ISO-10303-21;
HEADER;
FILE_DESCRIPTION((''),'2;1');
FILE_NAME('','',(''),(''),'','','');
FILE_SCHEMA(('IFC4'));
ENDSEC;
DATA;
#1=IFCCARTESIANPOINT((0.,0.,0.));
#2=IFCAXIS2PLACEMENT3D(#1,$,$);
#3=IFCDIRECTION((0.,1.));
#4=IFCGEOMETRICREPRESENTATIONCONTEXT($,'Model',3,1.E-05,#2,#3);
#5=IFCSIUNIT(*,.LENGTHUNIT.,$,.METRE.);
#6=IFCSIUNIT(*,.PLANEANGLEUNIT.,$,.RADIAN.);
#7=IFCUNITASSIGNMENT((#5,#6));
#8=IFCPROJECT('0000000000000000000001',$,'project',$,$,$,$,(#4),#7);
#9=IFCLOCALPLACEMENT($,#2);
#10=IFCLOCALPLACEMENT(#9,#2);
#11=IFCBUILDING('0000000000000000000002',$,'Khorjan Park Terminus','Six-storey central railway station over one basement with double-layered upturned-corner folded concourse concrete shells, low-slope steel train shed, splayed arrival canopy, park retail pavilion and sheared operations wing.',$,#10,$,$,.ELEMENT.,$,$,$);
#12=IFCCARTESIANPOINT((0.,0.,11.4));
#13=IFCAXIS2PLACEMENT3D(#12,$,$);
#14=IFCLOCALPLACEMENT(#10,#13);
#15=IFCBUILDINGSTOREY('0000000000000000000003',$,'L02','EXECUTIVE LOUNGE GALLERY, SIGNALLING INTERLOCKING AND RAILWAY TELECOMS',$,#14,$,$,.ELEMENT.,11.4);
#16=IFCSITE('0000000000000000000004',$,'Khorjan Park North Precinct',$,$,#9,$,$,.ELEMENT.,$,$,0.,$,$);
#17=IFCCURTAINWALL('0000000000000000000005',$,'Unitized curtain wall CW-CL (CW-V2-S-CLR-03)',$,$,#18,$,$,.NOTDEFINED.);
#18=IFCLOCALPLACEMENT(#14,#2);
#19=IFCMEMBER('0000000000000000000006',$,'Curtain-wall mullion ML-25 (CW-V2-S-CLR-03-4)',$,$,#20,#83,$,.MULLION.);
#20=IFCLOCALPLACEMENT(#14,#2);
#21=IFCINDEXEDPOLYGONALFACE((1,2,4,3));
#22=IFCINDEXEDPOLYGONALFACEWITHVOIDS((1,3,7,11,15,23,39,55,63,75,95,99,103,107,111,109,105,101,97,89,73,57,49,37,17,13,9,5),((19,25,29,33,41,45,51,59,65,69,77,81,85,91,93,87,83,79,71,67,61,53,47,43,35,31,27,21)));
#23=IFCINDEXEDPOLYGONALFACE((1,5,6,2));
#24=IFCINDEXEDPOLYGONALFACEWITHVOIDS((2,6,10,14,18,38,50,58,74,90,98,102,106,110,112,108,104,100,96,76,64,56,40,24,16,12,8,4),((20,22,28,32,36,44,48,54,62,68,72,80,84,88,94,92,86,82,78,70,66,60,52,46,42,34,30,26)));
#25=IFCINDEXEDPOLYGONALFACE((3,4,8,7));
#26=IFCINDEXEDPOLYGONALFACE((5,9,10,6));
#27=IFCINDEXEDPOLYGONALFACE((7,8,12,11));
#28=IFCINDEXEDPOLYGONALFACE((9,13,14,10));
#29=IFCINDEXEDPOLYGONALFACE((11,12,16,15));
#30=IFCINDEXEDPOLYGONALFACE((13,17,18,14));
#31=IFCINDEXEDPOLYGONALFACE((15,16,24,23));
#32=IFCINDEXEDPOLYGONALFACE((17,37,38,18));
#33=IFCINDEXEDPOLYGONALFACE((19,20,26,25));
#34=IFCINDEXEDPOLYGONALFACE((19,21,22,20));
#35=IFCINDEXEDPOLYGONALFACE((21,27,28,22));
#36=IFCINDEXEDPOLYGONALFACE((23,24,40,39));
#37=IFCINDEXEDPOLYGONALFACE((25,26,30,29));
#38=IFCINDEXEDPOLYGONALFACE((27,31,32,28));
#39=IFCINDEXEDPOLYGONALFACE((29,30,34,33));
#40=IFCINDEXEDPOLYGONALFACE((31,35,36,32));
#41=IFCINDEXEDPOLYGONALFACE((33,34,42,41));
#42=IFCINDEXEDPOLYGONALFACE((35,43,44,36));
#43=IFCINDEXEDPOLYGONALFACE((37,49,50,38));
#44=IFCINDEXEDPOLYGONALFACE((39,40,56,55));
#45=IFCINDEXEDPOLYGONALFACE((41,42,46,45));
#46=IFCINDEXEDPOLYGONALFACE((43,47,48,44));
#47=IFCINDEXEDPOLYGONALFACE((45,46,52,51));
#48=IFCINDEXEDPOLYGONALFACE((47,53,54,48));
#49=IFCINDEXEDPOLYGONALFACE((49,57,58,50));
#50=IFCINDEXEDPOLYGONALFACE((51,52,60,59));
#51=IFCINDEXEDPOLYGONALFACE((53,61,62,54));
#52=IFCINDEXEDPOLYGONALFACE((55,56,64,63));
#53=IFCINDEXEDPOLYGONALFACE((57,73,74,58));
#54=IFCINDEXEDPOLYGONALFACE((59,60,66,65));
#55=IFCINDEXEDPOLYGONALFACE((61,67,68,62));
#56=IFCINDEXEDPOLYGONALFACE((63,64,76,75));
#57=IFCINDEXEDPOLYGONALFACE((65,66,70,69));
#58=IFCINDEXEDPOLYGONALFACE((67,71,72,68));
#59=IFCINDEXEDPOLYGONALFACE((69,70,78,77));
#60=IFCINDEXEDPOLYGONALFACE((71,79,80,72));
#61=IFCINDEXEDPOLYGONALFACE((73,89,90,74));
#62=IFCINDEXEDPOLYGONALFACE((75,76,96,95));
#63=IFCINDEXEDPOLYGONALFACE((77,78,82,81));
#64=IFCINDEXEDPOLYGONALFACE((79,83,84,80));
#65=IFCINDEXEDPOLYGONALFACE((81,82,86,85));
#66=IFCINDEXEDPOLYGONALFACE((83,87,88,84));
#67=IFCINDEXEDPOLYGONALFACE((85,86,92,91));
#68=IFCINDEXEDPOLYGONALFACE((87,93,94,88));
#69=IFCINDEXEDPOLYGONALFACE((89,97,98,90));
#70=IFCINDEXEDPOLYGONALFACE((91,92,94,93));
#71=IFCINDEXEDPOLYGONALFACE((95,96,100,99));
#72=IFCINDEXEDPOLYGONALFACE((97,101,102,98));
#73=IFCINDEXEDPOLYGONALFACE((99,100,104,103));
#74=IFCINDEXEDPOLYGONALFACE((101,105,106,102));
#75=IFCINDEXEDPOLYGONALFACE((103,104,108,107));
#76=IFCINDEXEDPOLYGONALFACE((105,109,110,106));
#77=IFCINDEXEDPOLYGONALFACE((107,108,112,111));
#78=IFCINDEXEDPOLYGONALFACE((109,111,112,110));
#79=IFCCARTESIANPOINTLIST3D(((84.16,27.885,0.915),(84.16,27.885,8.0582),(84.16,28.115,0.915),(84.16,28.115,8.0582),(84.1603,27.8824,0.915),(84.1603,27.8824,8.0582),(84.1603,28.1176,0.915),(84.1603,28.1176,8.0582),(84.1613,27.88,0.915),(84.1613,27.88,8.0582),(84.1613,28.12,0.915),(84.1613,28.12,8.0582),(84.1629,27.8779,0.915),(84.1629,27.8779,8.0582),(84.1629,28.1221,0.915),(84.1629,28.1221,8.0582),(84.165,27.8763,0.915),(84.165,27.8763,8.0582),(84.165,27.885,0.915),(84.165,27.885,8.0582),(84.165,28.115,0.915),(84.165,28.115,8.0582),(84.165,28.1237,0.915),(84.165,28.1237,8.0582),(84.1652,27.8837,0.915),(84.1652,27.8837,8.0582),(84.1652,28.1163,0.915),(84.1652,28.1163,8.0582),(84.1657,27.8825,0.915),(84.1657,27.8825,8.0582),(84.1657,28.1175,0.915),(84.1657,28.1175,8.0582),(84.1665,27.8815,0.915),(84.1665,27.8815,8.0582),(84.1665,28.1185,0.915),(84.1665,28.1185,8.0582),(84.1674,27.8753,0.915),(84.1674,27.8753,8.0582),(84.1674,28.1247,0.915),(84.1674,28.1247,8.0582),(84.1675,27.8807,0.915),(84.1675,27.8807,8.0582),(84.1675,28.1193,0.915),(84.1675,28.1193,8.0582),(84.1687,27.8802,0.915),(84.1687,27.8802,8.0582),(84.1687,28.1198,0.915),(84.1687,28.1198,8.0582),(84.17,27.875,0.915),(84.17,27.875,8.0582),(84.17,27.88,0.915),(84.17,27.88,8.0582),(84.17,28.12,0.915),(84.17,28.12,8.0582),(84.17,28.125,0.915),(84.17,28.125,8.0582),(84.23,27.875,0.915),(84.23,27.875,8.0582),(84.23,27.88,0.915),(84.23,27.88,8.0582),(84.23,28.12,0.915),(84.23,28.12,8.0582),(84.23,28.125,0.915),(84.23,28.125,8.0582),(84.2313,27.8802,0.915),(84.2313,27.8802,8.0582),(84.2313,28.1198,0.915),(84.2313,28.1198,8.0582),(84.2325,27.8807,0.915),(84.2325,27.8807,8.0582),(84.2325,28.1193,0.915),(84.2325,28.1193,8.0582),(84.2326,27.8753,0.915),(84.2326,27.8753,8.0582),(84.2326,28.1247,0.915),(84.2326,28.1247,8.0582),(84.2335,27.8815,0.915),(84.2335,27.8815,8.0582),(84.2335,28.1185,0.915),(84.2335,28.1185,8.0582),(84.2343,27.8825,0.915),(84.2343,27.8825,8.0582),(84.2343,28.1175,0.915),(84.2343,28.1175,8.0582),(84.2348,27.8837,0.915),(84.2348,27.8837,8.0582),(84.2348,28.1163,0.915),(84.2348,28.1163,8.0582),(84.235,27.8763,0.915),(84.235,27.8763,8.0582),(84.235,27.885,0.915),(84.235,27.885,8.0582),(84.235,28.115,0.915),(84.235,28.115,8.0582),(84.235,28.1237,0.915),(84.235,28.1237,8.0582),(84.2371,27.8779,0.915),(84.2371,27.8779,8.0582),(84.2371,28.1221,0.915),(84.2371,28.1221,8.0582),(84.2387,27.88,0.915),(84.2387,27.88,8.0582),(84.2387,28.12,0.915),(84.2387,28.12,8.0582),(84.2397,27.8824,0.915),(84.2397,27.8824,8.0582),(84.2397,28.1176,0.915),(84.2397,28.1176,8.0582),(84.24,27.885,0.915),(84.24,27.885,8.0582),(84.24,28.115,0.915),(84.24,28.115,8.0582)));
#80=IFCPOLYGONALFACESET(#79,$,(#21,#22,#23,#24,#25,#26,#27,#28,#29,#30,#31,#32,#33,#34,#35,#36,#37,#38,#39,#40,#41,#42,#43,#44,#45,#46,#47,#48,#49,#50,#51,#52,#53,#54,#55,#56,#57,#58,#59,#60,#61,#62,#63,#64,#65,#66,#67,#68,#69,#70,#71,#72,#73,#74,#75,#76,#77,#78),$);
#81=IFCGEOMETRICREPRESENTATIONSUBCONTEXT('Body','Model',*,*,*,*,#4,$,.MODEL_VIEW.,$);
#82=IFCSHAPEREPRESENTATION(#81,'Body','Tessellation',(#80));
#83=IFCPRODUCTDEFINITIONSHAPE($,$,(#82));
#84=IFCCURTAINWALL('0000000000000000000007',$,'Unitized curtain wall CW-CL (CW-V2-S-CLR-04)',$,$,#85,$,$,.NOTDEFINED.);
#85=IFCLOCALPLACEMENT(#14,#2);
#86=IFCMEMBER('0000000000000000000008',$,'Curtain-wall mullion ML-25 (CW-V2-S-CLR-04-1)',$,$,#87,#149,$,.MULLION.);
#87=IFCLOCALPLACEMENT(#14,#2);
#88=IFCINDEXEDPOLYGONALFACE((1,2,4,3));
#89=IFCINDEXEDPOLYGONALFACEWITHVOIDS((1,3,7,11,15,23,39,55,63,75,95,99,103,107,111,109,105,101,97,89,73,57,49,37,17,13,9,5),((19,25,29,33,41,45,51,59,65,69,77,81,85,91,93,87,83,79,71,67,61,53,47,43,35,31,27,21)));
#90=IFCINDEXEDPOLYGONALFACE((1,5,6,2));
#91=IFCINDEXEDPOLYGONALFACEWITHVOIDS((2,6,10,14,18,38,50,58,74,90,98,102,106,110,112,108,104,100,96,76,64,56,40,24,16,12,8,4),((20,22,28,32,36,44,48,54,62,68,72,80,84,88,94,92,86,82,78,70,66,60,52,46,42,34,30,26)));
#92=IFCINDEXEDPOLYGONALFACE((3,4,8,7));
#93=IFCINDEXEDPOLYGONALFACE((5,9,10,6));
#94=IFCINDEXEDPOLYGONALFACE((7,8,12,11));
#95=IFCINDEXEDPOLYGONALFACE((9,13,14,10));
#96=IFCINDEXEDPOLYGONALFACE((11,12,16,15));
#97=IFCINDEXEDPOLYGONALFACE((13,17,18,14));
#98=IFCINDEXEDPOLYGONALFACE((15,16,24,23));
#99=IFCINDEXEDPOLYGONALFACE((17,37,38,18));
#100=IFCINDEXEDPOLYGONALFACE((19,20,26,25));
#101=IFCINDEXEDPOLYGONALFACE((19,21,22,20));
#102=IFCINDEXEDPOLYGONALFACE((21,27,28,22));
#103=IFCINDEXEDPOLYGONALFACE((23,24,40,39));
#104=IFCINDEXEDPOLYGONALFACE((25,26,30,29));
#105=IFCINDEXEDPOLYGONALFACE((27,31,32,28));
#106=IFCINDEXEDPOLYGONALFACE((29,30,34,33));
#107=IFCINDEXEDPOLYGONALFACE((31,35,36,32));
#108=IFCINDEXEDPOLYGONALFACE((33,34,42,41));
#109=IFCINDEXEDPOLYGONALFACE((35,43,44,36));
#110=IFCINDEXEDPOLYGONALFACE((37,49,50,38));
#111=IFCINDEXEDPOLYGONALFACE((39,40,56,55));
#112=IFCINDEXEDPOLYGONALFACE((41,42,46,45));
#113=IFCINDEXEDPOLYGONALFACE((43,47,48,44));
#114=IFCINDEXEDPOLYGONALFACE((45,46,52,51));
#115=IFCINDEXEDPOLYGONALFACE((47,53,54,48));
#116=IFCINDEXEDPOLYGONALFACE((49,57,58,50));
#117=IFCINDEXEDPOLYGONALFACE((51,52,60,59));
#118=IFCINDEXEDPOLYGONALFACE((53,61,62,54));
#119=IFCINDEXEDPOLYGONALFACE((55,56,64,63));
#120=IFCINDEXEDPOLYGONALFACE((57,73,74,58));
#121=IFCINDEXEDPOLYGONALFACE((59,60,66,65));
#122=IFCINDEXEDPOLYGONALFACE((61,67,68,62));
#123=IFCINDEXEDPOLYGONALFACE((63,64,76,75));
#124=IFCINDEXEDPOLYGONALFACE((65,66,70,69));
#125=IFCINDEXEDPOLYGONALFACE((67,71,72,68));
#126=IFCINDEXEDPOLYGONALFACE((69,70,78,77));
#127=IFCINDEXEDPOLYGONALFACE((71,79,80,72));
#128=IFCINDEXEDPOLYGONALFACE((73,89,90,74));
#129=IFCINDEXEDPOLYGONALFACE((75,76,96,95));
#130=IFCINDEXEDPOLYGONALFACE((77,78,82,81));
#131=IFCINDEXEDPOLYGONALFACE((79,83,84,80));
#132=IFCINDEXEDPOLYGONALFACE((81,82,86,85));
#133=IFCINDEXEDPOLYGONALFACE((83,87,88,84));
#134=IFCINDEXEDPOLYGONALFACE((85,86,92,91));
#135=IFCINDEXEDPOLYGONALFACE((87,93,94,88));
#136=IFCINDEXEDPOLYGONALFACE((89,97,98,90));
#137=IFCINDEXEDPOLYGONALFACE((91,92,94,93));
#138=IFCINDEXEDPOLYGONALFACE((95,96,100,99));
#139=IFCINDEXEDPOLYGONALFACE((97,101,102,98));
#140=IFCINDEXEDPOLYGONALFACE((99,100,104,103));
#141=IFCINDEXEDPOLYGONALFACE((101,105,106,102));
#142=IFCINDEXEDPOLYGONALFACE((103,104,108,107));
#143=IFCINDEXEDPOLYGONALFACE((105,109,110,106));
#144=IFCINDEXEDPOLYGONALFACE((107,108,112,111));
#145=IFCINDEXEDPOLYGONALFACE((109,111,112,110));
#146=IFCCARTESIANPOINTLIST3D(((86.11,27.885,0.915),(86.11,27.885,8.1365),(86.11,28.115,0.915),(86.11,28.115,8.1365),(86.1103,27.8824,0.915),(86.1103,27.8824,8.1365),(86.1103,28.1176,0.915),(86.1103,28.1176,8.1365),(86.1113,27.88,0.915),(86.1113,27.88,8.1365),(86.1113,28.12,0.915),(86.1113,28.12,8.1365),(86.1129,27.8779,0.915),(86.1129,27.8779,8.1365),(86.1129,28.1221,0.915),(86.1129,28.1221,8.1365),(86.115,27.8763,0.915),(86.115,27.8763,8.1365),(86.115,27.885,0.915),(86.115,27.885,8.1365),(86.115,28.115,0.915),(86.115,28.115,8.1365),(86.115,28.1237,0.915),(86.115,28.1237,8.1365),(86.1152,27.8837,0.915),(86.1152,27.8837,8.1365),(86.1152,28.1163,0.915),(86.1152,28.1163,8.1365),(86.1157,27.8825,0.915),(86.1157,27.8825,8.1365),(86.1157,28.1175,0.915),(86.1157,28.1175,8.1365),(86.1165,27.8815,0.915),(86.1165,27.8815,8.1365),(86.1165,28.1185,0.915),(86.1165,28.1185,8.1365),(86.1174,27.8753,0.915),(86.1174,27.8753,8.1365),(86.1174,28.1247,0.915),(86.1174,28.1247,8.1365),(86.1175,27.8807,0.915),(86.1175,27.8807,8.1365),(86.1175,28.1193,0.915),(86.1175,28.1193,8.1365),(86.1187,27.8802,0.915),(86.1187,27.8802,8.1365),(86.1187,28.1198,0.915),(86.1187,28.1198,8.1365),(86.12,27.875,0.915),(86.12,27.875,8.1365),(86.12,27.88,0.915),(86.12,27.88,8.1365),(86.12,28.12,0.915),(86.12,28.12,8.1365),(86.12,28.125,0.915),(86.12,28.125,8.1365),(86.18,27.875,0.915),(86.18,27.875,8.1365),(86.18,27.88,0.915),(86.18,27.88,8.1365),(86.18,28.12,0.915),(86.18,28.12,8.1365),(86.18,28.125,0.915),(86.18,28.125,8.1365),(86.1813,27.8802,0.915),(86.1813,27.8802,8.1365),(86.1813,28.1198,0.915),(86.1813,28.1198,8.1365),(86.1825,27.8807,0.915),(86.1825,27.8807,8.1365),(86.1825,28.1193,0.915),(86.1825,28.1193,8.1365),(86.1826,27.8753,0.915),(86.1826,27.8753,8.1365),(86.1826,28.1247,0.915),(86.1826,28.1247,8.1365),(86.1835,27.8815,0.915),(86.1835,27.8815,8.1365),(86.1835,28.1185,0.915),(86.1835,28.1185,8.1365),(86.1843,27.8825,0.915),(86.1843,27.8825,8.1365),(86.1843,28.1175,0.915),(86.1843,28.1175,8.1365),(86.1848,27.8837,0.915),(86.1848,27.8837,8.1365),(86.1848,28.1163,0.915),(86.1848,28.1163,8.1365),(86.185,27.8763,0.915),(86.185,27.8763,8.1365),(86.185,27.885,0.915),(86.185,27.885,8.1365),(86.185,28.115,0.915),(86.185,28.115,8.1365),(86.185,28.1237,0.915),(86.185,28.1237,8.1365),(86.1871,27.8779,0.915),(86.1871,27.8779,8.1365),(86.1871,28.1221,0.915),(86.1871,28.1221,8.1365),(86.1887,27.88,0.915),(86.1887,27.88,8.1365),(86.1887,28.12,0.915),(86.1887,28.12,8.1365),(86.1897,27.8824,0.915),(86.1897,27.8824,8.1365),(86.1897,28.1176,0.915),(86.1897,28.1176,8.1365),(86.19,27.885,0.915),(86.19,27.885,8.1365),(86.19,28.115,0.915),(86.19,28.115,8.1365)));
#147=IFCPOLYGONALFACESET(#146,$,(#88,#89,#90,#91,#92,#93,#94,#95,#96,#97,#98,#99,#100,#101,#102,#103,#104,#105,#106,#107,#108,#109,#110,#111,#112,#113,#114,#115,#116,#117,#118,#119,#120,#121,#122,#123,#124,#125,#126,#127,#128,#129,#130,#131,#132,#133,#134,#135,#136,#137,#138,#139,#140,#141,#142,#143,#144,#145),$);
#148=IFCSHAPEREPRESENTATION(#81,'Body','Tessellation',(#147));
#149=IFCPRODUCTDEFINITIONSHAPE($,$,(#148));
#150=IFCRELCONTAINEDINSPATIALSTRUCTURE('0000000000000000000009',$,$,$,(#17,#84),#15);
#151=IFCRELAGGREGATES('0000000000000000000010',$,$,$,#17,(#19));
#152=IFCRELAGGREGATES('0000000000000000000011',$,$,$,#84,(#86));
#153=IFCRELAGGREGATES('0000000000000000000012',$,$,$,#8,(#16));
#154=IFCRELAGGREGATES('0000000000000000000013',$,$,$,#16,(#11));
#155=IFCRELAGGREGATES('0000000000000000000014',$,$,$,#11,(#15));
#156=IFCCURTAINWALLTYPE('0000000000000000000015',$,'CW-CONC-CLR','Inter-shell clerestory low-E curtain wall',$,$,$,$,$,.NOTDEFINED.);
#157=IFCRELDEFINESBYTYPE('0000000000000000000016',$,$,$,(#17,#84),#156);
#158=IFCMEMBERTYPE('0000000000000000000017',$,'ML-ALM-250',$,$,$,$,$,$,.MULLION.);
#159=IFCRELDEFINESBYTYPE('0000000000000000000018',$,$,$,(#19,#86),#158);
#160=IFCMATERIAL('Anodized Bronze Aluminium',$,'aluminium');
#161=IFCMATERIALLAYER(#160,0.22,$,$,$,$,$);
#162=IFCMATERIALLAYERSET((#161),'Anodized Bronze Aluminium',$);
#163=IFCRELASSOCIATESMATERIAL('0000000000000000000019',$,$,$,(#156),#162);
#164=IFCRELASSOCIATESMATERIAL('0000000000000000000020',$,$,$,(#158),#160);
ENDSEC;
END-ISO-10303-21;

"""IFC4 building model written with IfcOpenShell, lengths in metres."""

from ifc_helpers import new_model, si_unit, direction, frame, origin, origin_2d, place, context, subcontext, project, spatial, hollow_rectangle, extrude, material, layer, layer_set, material_profile, profile_set, type_object, element, aggregate, save


model = new_model("IFC4")

# Units and contexts
model_context = context("Model", 3, precision=1e-05, world=origin(), true_north=direction((0.0, 1.0)))
body_context = subcontext(model_context, "Body", "Model", "MODEL_VIEW")
ifc_project = project(units=[si_unit("LENGTHUNIT", "METRE"), si_unit("PLANEANGLEUNIT", "RADIAN")], contexts=[model_context])

# Site, building, storey
site_placement = place(None, origin())
site = spatial("IfcSite", under=ifc_project, at=site_placement, Name="Khorjan Park North Precinct", CompositionType="ELEMENT", RefElevation=0.0)
building_placement = place(site_placement, origin())
building = spatial("IfcBuilding", under=site, at=building_placement, Name="Khorjan Park Terminus", Description="Six-storey central railway station over one basement with double-layered upturned-corner folded concourse concrete shells, low-slope steel train shed, splayed arrival canopy, park retail pavilion and sheared operations wing.", CompositionType="ELEMENT")
storey_placement = place(building_placement, frame((0.0, 0.0, 11.4)))
storey = spatial("IfcBuildingStorey", under=building, at=storey_placement, Name="L02", Description="EXECUTIVE LOUNGE GALLERY, SIGNALLING INTERLOCKING AND RAILWAY TELECOMS", CompositionType="ELEMENT", Elevation=11.4)

# Curtain wall, member
ifc_material_1 = material(Name="Anodized Bronze Aluminium", Category="aluminium")
ifc_layer_1 = layer(ifc_material_1, 0.22)
ifc_layer_set_1 = layer_set([ifc_layer_1], Name="Anodized Bronze Aluminium")
curtain_wall_type = type_object("IfcCurtainWallType", Name="CW-CONC-CLR", Description="Inter-shell clerestory low-E curtain wall", PredefinedType="NOTDEFINED", material=ifc_layer_set_1)
curtain_wall_1_placement = place(storey_placement, origin())
curtain_wall_1 = element("IfcCurtainWall", 1, at=curtain_wall_1_placement, inside=storey, type_object=curtain_wall_type, Name="Unitized curtain wall CW-CL (CW-V2-S-CLR-03)", PredefinedType="NOTDEFINED")
ifc_material_profile_1 = material_profile(ifc_material_1, hollow_rectangle(XDim=0.08, YDim=0.25, WallThickness=0.005, InnerFilletRadius=0.005, OuterFilletRadius=0.01, at=origin_2d()), Name="ALM 80x250x5")
ifc_profile_set_1 = profile_set([ifc_material_profile_1], Name="Anodized Bronze Aluminium")
member_type_1 = type_object("IfcMemberType", Name="ML-ALM-250", PredefinedType="MULLION", material=ifc_profile_set_1)
member_1_placement = place(storey_placement, frame((84.2, 28.0, 0.915), z_axis=(0.0, 0.0, 1.0), x_axis=(1.0, 0.0, 0.0)))
member_1 = element("IfcMember", 2, at=member_1_placement, type_object=member_type_1, Name="Curtain-wall mullion ML-25 (CW-V2-S-CLR-03-4)", PredefinedType="MULLION", context=body_context, shape_type="SweptSolid", body=[
    extrude(hollow_rectangle(XDim=0.08, YDim=0.25, WallThickness=0.005, InnerFilletRadius=0.005, OuterFilletRadius=0.01, at=origin_2d()), origin(), (0.0, 0.0, 1.0), 7.1432),
])

# Curtain wall, member
curtain_wall_2_placement = place(storey_placement, origin())
curtain_wall_2 = element("IfcCurtainWall", 3, at=curtain_wall_2_placement, inside=storey, type_object=curtain_wall_type, Name="Unitized curtain wall CW-CL (CW-V2-S-CLR-04)", PredefinedType="NOTDEFINED")
member_2_placement = place(storey_placement, frame((86.15, 28.0, 0.915), z_axis=(0.0, 0.0, 1.0), x_axis=(1.0, 0.0, 0.0)))
member_2 = element("IfcMember", 4, at=member_2_placement, type_object=member_type_1, Name="Curtain-wall mullion ML-25 (CW-V2-S-CLR-04-1)", PredefinedType="MULLION", context=body_context, shape_type="SweptSolid", body=[
    extrude(hollow_rectangle(XDim=0.08, YDim=0.25, WallThickness=0.005, InnerFilletRadius=0.005, OuterFilletRadius=0.01, at=origin_2d()), origin(), (0.0, 0.0, 1.0), 7.2215),
])

aggregate(curtain_wall_1, [member_1])
aggregate(curtain_wall_2, [member_2])

save(model, "model.ifc")
